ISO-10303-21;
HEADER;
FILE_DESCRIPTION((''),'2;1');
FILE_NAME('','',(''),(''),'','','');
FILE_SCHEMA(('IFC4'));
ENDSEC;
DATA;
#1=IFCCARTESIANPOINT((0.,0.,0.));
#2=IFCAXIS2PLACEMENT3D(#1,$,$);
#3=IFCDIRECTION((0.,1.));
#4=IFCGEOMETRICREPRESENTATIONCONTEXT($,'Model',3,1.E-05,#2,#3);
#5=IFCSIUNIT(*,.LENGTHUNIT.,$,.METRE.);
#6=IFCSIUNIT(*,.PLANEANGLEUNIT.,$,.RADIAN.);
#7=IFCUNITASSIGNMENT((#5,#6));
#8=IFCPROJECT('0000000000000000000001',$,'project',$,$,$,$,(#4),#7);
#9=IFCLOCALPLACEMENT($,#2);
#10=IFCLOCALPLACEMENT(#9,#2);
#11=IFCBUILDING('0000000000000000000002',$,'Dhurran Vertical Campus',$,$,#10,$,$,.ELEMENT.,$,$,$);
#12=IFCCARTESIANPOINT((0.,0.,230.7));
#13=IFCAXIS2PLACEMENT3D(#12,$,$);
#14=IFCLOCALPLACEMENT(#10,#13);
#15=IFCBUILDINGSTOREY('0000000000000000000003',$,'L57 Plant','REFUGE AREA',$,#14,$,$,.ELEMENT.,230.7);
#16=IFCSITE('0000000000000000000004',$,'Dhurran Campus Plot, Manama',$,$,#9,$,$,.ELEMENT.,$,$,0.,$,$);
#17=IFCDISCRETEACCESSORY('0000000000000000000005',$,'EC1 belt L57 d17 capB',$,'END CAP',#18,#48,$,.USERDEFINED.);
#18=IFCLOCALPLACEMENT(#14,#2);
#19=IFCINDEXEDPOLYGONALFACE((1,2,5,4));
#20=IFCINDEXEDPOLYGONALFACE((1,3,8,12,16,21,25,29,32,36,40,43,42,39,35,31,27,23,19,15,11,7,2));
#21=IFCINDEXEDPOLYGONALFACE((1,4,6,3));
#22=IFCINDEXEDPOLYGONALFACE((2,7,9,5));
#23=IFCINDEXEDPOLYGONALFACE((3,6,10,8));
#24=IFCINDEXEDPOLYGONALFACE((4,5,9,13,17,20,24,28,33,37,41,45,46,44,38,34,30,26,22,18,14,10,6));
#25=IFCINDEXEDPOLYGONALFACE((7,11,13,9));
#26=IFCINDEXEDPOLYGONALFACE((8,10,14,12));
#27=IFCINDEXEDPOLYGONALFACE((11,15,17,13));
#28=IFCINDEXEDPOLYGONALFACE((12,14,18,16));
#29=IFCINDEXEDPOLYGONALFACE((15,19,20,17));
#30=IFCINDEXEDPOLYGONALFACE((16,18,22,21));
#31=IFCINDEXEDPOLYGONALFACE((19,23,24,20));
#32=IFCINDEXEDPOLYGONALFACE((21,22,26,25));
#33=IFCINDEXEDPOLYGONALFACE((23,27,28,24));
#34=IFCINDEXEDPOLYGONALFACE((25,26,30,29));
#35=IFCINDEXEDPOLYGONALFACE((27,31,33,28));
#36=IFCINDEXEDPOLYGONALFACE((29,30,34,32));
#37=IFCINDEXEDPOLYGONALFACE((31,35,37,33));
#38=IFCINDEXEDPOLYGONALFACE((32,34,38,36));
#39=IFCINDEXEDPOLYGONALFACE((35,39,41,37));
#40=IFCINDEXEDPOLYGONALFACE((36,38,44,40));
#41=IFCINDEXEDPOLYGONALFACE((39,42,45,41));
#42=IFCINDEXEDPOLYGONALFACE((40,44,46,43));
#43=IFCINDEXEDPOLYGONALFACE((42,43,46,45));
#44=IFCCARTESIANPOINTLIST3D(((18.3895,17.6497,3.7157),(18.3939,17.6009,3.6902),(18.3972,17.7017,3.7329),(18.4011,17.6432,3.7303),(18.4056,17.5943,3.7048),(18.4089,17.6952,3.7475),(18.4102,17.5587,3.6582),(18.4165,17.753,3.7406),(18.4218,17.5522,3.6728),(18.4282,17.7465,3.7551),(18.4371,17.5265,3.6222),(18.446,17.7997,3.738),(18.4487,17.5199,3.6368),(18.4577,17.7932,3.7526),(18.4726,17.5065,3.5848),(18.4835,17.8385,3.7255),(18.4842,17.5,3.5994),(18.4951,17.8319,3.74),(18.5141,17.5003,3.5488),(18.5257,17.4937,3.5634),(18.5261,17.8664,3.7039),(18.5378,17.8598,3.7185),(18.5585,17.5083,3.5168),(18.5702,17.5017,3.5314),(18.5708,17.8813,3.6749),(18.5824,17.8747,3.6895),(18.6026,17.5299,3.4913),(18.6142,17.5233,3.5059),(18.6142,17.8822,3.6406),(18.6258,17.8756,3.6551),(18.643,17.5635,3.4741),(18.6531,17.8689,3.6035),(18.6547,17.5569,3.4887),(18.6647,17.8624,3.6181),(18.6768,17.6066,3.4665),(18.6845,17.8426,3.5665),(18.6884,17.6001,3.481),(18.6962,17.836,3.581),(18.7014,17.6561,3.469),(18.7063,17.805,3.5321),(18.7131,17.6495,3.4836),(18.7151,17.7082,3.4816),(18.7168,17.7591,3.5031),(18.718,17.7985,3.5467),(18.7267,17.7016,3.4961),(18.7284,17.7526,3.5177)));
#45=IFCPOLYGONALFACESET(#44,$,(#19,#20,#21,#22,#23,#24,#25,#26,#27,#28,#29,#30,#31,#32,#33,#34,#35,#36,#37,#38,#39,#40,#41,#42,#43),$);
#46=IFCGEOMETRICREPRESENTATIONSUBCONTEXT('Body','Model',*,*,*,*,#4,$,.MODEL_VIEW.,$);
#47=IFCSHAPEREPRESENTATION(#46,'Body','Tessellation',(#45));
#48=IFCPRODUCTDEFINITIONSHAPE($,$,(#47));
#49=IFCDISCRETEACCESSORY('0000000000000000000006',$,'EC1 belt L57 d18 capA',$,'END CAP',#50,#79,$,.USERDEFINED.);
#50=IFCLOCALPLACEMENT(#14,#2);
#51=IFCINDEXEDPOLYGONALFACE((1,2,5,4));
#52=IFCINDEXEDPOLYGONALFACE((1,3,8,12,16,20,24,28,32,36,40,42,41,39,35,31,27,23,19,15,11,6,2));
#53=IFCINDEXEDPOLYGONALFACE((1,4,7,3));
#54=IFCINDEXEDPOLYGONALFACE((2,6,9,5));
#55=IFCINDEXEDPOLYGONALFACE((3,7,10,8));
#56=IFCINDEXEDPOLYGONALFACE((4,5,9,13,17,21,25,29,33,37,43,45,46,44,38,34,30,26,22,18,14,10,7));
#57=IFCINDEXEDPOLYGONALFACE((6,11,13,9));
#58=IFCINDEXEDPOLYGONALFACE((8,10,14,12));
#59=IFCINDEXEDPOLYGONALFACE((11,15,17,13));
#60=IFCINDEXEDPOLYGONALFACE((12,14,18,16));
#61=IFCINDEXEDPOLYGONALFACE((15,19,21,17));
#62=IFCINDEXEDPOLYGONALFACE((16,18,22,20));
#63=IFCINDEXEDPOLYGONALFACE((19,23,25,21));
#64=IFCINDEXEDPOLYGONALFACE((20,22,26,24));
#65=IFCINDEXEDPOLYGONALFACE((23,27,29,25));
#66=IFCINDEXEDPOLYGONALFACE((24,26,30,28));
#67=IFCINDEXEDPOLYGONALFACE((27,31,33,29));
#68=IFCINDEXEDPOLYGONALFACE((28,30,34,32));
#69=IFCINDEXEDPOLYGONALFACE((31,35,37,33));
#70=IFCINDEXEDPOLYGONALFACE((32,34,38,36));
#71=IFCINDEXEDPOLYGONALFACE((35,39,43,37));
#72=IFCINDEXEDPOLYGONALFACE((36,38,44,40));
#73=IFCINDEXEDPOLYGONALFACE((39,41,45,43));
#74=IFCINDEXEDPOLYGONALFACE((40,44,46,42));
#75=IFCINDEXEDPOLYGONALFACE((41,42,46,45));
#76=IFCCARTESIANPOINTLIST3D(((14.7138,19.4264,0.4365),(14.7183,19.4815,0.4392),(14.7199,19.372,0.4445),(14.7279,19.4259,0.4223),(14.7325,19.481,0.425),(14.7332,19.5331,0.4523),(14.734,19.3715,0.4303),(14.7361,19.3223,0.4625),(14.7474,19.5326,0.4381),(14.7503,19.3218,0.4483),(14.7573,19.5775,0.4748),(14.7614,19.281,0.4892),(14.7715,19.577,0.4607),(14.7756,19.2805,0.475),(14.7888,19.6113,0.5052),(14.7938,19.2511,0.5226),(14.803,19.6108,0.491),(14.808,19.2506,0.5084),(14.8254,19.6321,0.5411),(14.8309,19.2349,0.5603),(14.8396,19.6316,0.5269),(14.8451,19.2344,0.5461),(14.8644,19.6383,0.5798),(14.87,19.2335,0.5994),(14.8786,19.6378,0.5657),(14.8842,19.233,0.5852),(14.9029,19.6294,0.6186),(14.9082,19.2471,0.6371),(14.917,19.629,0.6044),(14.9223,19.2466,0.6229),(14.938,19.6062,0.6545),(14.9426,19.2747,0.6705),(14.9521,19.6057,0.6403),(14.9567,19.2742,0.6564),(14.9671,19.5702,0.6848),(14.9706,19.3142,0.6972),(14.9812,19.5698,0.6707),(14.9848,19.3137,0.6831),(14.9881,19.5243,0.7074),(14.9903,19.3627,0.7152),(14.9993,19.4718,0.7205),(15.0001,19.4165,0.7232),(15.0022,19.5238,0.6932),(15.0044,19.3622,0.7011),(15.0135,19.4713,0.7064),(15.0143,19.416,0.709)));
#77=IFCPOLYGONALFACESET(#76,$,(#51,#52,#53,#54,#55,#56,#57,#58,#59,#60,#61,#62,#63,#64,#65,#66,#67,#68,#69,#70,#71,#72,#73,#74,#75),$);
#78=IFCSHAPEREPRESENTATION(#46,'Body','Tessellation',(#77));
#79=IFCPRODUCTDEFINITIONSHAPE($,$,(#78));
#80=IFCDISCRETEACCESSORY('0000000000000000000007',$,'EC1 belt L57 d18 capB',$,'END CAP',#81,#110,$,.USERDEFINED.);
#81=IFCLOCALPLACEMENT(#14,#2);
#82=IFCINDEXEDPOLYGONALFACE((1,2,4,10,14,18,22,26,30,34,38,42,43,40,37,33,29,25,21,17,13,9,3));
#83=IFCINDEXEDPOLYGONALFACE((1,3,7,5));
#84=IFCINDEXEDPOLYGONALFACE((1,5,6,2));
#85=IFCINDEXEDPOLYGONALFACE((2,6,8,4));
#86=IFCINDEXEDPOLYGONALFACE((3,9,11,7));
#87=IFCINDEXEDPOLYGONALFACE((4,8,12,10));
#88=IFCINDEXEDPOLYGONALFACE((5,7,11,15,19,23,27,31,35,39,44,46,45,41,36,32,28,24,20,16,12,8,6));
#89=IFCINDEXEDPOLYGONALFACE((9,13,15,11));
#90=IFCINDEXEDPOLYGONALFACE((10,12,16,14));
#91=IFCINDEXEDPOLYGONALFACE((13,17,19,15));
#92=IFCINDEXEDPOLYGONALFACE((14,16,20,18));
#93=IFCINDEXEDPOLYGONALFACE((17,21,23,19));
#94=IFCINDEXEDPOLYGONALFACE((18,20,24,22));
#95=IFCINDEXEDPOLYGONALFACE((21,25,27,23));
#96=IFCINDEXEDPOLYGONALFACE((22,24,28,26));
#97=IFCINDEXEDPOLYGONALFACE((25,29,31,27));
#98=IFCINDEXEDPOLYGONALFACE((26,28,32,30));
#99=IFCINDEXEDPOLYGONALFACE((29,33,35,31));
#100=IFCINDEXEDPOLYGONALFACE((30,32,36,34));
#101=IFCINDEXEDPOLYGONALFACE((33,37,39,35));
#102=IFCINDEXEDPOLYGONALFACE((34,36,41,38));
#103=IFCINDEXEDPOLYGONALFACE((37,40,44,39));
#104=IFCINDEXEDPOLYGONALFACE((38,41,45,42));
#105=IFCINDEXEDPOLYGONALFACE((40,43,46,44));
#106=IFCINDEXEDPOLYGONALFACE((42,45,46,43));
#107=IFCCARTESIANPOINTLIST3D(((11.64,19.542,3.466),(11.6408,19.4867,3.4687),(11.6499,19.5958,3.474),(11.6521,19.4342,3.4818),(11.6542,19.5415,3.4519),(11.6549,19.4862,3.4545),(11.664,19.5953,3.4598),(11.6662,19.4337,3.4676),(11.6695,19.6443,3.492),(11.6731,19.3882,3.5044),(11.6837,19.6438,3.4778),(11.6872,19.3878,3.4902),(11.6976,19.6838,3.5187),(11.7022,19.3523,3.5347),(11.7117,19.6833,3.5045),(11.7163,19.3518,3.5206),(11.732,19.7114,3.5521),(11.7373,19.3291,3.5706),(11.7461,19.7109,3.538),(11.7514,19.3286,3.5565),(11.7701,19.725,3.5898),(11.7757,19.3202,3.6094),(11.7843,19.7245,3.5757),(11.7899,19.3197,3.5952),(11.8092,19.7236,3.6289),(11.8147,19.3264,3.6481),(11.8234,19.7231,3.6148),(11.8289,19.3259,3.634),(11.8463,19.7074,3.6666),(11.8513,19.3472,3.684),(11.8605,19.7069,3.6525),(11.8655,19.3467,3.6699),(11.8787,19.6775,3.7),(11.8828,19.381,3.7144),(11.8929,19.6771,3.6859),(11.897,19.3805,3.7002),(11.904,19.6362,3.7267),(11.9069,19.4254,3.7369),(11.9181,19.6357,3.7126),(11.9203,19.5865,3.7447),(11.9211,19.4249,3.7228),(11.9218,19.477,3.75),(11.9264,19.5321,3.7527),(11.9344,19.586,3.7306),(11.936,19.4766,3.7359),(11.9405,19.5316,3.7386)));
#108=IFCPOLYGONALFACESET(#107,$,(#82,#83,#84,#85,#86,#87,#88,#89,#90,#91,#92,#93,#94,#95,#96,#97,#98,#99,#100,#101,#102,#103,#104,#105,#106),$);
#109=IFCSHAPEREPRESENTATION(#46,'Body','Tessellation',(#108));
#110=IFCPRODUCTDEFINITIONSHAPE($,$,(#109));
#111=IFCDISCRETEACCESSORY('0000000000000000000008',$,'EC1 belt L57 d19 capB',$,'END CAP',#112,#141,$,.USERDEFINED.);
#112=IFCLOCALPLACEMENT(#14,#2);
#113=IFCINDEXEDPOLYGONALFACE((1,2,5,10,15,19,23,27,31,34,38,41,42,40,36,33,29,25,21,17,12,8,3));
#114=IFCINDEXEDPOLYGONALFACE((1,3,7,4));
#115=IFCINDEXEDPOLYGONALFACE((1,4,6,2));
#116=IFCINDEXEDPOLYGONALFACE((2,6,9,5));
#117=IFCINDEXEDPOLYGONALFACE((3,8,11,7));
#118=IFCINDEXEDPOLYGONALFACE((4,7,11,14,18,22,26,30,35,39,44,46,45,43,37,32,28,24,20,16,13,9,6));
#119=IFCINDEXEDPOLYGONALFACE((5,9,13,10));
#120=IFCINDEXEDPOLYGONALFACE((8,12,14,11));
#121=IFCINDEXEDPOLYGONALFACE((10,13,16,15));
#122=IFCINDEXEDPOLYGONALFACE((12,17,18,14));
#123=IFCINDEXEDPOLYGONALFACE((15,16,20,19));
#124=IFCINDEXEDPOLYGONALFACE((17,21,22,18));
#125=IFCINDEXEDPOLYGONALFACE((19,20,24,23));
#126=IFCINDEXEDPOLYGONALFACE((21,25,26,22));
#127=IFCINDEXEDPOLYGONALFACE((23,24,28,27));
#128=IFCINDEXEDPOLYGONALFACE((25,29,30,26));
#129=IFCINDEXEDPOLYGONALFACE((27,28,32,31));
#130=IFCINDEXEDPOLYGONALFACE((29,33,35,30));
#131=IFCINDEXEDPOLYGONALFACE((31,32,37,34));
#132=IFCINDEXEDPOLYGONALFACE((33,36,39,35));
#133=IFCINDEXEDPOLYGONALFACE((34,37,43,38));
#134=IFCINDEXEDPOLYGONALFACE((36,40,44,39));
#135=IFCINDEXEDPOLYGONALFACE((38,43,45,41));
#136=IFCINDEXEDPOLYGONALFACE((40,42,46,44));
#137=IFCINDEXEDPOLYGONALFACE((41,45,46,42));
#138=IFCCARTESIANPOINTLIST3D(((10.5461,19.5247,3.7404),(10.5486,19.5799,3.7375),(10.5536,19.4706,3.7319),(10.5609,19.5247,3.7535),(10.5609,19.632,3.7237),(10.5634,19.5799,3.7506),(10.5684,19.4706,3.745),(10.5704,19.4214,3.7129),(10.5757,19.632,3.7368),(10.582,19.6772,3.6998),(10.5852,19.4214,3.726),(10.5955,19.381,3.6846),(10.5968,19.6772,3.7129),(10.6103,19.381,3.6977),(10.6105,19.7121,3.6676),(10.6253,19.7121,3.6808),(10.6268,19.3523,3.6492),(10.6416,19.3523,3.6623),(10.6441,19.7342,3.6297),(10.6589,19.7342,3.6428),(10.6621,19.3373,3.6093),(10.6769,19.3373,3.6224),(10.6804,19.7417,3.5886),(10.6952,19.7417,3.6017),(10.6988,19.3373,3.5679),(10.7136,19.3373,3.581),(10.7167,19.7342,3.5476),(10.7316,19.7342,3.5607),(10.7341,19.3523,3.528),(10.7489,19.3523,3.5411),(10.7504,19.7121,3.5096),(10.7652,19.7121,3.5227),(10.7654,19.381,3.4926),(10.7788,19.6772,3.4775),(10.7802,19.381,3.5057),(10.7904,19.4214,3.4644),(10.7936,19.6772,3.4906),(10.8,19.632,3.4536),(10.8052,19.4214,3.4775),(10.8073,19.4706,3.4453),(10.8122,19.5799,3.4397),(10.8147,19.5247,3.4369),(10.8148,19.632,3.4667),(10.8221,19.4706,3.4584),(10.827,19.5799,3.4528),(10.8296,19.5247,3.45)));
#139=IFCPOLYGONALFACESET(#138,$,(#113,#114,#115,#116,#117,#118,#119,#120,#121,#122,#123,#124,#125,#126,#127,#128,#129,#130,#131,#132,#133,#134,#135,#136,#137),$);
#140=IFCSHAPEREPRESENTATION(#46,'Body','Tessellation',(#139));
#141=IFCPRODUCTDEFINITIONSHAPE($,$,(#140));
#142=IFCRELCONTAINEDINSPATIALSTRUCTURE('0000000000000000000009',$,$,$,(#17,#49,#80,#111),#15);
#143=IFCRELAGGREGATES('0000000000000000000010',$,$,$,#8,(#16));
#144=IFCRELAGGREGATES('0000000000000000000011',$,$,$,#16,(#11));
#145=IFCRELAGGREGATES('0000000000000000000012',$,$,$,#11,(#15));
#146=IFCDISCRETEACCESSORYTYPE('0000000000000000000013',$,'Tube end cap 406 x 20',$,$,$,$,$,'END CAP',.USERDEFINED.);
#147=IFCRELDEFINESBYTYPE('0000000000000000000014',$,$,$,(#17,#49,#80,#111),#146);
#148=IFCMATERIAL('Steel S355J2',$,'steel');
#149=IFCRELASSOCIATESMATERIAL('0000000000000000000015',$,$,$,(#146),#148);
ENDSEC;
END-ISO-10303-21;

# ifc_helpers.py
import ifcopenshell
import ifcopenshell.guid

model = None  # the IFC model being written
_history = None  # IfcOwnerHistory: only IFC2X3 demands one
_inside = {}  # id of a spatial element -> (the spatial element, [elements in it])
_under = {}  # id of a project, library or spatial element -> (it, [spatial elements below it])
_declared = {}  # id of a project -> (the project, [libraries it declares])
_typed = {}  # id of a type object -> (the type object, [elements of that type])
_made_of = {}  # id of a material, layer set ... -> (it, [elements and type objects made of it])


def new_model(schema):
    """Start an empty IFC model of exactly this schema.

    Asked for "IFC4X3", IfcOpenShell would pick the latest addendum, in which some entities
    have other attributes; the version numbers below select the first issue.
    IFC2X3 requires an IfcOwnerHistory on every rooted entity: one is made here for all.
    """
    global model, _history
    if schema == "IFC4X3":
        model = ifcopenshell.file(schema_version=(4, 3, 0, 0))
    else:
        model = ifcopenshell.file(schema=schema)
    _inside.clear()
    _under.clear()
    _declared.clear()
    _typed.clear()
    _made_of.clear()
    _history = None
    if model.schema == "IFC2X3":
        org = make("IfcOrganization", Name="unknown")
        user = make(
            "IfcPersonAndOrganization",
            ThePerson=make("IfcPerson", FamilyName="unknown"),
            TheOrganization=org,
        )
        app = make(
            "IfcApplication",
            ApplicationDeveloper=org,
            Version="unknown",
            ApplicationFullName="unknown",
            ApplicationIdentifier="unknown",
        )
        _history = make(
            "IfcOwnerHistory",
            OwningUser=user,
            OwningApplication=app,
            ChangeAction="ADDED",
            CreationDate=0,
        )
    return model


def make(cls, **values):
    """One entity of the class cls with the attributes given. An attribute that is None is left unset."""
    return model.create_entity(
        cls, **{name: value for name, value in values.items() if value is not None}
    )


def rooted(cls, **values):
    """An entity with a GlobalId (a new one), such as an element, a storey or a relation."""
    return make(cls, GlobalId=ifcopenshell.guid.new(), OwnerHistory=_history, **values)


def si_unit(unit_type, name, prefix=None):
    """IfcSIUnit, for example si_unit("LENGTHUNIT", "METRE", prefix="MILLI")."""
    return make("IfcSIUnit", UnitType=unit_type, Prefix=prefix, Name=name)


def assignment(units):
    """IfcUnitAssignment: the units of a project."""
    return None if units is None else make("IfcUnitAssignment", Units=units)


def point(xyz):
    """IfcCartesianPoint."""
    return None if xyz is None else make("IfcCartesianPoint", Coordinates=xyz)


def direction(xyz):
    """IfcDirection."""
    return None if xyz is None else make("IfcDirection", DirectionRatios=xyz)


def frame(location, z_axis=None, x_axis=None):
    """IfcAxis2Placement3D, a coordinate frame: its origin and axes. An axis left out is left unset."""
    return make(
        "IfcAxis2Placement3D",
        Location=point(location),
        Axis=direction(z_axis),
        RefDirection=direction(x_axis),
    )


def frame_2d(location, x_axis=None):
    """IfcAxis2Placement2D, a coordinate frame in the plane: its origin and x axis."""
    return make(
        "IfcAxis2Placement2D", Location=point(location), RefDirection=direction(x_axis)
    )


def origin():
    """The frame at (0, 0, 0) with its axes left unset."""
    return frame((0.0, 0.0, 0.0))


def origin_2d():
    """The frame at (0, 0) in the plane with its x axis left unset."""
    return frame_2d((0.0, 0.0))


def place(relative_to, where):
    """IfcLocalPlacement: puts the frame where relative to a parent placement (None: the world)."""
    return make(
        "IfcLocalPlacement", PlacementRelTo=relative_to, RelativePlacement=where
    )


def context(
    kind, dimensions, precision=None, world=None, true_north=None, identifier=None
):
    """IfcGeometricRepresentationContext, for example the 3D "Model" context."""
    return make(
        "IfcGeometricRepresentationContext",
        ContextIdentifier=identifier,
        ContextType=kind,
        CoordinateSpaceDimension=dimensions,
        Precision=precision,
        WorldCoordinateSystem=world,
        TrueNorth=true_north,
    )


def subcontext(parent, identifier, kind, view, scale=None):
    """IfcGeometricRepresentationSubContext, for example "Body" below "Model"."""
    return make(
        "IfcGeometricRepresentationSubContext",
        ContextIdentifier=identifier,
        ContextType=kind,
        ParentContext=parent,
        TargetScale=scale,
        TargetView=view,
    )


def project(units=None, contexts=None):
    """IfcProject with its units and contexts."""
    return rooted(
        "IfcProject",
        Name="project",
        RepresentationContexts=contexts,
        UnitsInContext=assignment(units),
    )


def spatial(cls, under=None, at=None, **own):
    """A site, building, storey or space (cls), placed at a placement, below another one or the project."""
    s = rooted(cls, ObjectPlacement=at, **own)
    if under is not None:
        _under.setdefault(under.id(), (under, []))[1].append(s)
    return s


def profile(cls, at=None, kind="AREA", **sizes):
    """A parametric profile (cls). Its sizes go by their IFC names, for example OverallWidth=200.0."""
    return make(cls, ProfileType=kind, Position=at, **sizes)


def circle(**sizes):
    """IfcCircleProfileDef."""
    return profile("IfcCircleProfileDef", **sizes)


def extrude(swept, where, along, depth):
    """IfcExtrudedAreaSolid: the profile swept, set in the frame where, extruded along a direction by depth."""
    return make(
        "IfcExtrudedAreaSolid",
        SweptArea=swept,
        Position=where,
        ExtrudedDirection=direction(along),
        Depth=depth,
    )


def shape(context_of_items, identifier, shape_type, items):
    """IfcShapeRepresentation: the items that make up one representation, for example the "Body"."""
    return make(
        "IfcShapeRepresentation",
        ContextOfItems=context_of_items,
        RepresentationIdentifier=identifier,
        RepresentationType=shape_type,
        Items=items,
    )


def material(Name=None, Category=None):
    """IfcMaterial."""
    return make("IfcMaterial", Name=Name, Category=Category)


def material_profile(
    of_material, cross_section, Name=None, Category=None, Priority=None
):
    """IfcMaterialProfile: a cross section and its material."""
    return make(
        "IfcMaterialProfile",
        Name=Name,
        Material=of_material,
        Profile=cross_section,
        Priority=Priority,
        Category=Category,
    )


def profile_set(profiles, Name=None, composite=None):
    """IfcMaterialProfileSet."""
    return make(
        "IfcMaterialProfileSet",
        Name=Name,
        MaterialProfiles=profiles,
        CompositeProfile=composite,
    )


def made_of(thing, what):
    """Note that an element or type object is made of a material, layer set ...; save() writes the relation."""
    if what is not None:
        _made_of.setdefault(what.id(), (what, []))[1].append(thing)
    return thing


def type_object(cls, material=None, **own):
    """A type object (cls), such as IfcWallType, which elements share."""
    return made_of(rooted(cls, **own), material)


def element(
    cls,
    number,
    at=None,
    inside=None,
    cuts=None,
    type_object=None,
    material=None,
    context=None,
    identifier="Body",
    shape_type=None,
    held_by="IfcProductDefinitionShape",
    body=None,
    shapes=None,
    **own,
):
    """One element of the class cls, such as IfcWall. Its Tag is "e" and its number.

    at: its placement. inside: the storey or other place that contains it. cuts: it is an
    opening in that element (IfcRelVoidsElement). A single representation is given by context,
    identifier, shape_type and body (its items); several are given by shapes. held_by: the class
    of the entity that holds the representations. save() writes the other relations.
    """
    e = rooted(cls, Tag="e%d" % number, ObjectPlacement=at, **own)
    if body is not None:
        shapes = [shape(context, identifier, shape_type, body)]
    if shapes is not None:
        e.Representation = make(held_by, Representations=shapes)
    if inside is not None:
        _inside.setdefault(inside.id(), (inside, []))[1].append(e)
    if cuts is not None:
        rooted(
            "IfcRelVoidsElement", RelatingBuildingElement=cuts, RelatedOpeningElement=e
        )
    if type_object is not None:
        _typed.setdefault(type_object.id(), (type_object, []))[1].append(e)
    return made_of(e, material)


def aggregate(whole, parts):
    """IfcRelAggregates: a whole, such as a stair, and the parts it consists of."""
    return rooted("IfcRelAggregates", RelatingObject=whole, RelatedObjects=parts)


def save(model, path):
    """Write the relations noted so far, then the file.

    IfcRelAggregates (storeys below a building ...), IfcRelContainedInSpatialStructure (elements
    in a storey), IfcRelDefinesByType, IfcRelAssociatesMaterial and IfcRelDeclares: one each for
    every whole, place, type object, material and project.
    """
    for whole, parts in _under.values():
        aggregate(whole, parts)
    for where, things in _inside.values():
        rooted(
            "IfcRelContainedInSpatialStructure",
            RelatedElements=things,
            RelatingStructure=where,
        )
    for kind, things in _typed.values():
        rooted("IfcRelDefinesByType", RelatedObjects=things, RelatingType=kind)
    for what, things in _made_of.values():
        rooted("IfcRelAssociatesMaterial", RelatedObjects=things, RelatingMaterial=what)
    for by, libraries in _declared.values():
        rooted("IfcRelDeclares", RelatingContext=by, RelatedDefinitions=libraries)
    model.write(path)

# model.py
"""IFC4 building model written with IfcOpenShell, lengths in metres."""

from ifc_helpers import new_model, si_unit, direction, frame, origin, origin_2d, place, context, subcontext, project, spatial, circle, extrude, material, material_profile, profile_set, type_object, element, save


model = new_model("IFC4")

# Units and contexts
model_context = context("Model", 3, precision=1e-05, world=origin(), true_north=direction((0.0, 1.0)))
body_context = subcontext(model_context, "Body", "Model", "MODEL_VIEW")
ifc_project = project(units=[si_unit("LENGTHUNIT", "METRE"), si_unit("PLANEANGLEUNIT", "RADIAN")], contexts=[model_context])

# Site, building, storey
site_placement = place(None, origin())
site = spatial("IfcSite", under=ifc_project, at=site_placement, Name="Dhurran Campus Plot, Manama", CompositionType="ELEMENT", RefElevation=0.0)
building_placement = place(site_placement, origin())
building = spatial("IfcBuilding", under=site, at=building_placement, Name="Dhurran Vertical Campus", CompositionType="ELEMENT")
storey_placement = place(building_placement, frame((0.0, 0.0, 230.7)))
storey = spatial("IfcBuildingStorey", under=building, at=storey_placement, Name="L57 Plant", Description="REFUGE AREA", CompositionType="ELEMENT", Elevation=230.7)

# Discrete accessories
ifc_material_1 = material(Name="Steel S355J2", Category="steel")
ifc_material_profile_1 = material_profile(ifc_material_1, circle(Radius=0.2031, at=origin_2d()), Name="Tube end cap 406 x 20")
ifc_profile_set_1 = profile_set([ifc_material_profile_1], Name="Steel S355J2")
discrete_accessory_type = type_object("IfcDiscreteAccessoryType", Name="Tube end cap 406 x 20", ElementType="END CAP", PredefinedType="USERDEFINED", material=ifc_profile_set_1)
for number, where, z_axis, x_axis, name in (
    (1, (18.5535, 17.6919, 3.6035), (0.589368, -0.331519, 0.736709), (0.490261, 0.871576, 0.0), "EC1 belt L57 d17 capB"),
):
    element("IfcDiscreteAccessory", number, at=place(storey_placement, frame(where, z_axis=z_axis, x_axis=x_axis)), inside=storey, type_object=discrete_accessory_type, Name=name, ObjectType="END CAP", PredefinedType="USERDEFINED", context=body_context, shape_type="SweptSolid", body=[
        extrude(circle(Radius=0.2031, at=origin_2d()), origin(), (0.0, 0.0, 1.0), 0.0198),
    ])
for number, where, z_axis, x_axis, name in (
    (2, (14.8574, 19.4353, 0.5798), (0.706897, -0.024376, -0.706897), (0.034462, 0.999406, 0.0), "EC1 belt L57 d18 capA"),
    (3, (11.7969, 19.5227, 3.5952), (-0.706897, 0.024376, 0.706897), (-0.034462, -0.999406, 0.0), "EC1 belt L57 d18 capB"),
):
    element("IfcDiscreteAccessory", number, at=place(storey_placement, frame(where, z_axis=z_axis, x_axis=x_axis)), inside=storey, type_object=discrete_accessory_type, Name=name, ObjectType="END CAP", PredefinedType="USERDEFINED", context=body_context, shape_type="SweptSolid", body=[
        extrude(circle(Radius=0.2031, at=origin_2d()), origin(), (0.0, 0.0, 1.0), 0.02),
    ])
discrete_accessory_placement = place(storey_placement, frame((10.6804, 19.5386, 3.5886), z_axis=(0.748762, 0.0, 0.662839), x_axis=(0.0, 1.0, 0.0)))
element("IfcDiscreteAccessory", 4, at=discrete_accessory_placement, inside=storey, type_object=discrete_accessory_type, Name="EC1 belt L57 d19 capB", ObjectType="END CAP", PredefinedType="USERDEFINED", context=body_context, shape_type="SweptSolid", body=[
    extrude(circle(Radius=0.2031, at=origin_2d()), origin(), (0.0, 0.0, 1.0), 0.0198),
])

save(model, "model.ifc")
